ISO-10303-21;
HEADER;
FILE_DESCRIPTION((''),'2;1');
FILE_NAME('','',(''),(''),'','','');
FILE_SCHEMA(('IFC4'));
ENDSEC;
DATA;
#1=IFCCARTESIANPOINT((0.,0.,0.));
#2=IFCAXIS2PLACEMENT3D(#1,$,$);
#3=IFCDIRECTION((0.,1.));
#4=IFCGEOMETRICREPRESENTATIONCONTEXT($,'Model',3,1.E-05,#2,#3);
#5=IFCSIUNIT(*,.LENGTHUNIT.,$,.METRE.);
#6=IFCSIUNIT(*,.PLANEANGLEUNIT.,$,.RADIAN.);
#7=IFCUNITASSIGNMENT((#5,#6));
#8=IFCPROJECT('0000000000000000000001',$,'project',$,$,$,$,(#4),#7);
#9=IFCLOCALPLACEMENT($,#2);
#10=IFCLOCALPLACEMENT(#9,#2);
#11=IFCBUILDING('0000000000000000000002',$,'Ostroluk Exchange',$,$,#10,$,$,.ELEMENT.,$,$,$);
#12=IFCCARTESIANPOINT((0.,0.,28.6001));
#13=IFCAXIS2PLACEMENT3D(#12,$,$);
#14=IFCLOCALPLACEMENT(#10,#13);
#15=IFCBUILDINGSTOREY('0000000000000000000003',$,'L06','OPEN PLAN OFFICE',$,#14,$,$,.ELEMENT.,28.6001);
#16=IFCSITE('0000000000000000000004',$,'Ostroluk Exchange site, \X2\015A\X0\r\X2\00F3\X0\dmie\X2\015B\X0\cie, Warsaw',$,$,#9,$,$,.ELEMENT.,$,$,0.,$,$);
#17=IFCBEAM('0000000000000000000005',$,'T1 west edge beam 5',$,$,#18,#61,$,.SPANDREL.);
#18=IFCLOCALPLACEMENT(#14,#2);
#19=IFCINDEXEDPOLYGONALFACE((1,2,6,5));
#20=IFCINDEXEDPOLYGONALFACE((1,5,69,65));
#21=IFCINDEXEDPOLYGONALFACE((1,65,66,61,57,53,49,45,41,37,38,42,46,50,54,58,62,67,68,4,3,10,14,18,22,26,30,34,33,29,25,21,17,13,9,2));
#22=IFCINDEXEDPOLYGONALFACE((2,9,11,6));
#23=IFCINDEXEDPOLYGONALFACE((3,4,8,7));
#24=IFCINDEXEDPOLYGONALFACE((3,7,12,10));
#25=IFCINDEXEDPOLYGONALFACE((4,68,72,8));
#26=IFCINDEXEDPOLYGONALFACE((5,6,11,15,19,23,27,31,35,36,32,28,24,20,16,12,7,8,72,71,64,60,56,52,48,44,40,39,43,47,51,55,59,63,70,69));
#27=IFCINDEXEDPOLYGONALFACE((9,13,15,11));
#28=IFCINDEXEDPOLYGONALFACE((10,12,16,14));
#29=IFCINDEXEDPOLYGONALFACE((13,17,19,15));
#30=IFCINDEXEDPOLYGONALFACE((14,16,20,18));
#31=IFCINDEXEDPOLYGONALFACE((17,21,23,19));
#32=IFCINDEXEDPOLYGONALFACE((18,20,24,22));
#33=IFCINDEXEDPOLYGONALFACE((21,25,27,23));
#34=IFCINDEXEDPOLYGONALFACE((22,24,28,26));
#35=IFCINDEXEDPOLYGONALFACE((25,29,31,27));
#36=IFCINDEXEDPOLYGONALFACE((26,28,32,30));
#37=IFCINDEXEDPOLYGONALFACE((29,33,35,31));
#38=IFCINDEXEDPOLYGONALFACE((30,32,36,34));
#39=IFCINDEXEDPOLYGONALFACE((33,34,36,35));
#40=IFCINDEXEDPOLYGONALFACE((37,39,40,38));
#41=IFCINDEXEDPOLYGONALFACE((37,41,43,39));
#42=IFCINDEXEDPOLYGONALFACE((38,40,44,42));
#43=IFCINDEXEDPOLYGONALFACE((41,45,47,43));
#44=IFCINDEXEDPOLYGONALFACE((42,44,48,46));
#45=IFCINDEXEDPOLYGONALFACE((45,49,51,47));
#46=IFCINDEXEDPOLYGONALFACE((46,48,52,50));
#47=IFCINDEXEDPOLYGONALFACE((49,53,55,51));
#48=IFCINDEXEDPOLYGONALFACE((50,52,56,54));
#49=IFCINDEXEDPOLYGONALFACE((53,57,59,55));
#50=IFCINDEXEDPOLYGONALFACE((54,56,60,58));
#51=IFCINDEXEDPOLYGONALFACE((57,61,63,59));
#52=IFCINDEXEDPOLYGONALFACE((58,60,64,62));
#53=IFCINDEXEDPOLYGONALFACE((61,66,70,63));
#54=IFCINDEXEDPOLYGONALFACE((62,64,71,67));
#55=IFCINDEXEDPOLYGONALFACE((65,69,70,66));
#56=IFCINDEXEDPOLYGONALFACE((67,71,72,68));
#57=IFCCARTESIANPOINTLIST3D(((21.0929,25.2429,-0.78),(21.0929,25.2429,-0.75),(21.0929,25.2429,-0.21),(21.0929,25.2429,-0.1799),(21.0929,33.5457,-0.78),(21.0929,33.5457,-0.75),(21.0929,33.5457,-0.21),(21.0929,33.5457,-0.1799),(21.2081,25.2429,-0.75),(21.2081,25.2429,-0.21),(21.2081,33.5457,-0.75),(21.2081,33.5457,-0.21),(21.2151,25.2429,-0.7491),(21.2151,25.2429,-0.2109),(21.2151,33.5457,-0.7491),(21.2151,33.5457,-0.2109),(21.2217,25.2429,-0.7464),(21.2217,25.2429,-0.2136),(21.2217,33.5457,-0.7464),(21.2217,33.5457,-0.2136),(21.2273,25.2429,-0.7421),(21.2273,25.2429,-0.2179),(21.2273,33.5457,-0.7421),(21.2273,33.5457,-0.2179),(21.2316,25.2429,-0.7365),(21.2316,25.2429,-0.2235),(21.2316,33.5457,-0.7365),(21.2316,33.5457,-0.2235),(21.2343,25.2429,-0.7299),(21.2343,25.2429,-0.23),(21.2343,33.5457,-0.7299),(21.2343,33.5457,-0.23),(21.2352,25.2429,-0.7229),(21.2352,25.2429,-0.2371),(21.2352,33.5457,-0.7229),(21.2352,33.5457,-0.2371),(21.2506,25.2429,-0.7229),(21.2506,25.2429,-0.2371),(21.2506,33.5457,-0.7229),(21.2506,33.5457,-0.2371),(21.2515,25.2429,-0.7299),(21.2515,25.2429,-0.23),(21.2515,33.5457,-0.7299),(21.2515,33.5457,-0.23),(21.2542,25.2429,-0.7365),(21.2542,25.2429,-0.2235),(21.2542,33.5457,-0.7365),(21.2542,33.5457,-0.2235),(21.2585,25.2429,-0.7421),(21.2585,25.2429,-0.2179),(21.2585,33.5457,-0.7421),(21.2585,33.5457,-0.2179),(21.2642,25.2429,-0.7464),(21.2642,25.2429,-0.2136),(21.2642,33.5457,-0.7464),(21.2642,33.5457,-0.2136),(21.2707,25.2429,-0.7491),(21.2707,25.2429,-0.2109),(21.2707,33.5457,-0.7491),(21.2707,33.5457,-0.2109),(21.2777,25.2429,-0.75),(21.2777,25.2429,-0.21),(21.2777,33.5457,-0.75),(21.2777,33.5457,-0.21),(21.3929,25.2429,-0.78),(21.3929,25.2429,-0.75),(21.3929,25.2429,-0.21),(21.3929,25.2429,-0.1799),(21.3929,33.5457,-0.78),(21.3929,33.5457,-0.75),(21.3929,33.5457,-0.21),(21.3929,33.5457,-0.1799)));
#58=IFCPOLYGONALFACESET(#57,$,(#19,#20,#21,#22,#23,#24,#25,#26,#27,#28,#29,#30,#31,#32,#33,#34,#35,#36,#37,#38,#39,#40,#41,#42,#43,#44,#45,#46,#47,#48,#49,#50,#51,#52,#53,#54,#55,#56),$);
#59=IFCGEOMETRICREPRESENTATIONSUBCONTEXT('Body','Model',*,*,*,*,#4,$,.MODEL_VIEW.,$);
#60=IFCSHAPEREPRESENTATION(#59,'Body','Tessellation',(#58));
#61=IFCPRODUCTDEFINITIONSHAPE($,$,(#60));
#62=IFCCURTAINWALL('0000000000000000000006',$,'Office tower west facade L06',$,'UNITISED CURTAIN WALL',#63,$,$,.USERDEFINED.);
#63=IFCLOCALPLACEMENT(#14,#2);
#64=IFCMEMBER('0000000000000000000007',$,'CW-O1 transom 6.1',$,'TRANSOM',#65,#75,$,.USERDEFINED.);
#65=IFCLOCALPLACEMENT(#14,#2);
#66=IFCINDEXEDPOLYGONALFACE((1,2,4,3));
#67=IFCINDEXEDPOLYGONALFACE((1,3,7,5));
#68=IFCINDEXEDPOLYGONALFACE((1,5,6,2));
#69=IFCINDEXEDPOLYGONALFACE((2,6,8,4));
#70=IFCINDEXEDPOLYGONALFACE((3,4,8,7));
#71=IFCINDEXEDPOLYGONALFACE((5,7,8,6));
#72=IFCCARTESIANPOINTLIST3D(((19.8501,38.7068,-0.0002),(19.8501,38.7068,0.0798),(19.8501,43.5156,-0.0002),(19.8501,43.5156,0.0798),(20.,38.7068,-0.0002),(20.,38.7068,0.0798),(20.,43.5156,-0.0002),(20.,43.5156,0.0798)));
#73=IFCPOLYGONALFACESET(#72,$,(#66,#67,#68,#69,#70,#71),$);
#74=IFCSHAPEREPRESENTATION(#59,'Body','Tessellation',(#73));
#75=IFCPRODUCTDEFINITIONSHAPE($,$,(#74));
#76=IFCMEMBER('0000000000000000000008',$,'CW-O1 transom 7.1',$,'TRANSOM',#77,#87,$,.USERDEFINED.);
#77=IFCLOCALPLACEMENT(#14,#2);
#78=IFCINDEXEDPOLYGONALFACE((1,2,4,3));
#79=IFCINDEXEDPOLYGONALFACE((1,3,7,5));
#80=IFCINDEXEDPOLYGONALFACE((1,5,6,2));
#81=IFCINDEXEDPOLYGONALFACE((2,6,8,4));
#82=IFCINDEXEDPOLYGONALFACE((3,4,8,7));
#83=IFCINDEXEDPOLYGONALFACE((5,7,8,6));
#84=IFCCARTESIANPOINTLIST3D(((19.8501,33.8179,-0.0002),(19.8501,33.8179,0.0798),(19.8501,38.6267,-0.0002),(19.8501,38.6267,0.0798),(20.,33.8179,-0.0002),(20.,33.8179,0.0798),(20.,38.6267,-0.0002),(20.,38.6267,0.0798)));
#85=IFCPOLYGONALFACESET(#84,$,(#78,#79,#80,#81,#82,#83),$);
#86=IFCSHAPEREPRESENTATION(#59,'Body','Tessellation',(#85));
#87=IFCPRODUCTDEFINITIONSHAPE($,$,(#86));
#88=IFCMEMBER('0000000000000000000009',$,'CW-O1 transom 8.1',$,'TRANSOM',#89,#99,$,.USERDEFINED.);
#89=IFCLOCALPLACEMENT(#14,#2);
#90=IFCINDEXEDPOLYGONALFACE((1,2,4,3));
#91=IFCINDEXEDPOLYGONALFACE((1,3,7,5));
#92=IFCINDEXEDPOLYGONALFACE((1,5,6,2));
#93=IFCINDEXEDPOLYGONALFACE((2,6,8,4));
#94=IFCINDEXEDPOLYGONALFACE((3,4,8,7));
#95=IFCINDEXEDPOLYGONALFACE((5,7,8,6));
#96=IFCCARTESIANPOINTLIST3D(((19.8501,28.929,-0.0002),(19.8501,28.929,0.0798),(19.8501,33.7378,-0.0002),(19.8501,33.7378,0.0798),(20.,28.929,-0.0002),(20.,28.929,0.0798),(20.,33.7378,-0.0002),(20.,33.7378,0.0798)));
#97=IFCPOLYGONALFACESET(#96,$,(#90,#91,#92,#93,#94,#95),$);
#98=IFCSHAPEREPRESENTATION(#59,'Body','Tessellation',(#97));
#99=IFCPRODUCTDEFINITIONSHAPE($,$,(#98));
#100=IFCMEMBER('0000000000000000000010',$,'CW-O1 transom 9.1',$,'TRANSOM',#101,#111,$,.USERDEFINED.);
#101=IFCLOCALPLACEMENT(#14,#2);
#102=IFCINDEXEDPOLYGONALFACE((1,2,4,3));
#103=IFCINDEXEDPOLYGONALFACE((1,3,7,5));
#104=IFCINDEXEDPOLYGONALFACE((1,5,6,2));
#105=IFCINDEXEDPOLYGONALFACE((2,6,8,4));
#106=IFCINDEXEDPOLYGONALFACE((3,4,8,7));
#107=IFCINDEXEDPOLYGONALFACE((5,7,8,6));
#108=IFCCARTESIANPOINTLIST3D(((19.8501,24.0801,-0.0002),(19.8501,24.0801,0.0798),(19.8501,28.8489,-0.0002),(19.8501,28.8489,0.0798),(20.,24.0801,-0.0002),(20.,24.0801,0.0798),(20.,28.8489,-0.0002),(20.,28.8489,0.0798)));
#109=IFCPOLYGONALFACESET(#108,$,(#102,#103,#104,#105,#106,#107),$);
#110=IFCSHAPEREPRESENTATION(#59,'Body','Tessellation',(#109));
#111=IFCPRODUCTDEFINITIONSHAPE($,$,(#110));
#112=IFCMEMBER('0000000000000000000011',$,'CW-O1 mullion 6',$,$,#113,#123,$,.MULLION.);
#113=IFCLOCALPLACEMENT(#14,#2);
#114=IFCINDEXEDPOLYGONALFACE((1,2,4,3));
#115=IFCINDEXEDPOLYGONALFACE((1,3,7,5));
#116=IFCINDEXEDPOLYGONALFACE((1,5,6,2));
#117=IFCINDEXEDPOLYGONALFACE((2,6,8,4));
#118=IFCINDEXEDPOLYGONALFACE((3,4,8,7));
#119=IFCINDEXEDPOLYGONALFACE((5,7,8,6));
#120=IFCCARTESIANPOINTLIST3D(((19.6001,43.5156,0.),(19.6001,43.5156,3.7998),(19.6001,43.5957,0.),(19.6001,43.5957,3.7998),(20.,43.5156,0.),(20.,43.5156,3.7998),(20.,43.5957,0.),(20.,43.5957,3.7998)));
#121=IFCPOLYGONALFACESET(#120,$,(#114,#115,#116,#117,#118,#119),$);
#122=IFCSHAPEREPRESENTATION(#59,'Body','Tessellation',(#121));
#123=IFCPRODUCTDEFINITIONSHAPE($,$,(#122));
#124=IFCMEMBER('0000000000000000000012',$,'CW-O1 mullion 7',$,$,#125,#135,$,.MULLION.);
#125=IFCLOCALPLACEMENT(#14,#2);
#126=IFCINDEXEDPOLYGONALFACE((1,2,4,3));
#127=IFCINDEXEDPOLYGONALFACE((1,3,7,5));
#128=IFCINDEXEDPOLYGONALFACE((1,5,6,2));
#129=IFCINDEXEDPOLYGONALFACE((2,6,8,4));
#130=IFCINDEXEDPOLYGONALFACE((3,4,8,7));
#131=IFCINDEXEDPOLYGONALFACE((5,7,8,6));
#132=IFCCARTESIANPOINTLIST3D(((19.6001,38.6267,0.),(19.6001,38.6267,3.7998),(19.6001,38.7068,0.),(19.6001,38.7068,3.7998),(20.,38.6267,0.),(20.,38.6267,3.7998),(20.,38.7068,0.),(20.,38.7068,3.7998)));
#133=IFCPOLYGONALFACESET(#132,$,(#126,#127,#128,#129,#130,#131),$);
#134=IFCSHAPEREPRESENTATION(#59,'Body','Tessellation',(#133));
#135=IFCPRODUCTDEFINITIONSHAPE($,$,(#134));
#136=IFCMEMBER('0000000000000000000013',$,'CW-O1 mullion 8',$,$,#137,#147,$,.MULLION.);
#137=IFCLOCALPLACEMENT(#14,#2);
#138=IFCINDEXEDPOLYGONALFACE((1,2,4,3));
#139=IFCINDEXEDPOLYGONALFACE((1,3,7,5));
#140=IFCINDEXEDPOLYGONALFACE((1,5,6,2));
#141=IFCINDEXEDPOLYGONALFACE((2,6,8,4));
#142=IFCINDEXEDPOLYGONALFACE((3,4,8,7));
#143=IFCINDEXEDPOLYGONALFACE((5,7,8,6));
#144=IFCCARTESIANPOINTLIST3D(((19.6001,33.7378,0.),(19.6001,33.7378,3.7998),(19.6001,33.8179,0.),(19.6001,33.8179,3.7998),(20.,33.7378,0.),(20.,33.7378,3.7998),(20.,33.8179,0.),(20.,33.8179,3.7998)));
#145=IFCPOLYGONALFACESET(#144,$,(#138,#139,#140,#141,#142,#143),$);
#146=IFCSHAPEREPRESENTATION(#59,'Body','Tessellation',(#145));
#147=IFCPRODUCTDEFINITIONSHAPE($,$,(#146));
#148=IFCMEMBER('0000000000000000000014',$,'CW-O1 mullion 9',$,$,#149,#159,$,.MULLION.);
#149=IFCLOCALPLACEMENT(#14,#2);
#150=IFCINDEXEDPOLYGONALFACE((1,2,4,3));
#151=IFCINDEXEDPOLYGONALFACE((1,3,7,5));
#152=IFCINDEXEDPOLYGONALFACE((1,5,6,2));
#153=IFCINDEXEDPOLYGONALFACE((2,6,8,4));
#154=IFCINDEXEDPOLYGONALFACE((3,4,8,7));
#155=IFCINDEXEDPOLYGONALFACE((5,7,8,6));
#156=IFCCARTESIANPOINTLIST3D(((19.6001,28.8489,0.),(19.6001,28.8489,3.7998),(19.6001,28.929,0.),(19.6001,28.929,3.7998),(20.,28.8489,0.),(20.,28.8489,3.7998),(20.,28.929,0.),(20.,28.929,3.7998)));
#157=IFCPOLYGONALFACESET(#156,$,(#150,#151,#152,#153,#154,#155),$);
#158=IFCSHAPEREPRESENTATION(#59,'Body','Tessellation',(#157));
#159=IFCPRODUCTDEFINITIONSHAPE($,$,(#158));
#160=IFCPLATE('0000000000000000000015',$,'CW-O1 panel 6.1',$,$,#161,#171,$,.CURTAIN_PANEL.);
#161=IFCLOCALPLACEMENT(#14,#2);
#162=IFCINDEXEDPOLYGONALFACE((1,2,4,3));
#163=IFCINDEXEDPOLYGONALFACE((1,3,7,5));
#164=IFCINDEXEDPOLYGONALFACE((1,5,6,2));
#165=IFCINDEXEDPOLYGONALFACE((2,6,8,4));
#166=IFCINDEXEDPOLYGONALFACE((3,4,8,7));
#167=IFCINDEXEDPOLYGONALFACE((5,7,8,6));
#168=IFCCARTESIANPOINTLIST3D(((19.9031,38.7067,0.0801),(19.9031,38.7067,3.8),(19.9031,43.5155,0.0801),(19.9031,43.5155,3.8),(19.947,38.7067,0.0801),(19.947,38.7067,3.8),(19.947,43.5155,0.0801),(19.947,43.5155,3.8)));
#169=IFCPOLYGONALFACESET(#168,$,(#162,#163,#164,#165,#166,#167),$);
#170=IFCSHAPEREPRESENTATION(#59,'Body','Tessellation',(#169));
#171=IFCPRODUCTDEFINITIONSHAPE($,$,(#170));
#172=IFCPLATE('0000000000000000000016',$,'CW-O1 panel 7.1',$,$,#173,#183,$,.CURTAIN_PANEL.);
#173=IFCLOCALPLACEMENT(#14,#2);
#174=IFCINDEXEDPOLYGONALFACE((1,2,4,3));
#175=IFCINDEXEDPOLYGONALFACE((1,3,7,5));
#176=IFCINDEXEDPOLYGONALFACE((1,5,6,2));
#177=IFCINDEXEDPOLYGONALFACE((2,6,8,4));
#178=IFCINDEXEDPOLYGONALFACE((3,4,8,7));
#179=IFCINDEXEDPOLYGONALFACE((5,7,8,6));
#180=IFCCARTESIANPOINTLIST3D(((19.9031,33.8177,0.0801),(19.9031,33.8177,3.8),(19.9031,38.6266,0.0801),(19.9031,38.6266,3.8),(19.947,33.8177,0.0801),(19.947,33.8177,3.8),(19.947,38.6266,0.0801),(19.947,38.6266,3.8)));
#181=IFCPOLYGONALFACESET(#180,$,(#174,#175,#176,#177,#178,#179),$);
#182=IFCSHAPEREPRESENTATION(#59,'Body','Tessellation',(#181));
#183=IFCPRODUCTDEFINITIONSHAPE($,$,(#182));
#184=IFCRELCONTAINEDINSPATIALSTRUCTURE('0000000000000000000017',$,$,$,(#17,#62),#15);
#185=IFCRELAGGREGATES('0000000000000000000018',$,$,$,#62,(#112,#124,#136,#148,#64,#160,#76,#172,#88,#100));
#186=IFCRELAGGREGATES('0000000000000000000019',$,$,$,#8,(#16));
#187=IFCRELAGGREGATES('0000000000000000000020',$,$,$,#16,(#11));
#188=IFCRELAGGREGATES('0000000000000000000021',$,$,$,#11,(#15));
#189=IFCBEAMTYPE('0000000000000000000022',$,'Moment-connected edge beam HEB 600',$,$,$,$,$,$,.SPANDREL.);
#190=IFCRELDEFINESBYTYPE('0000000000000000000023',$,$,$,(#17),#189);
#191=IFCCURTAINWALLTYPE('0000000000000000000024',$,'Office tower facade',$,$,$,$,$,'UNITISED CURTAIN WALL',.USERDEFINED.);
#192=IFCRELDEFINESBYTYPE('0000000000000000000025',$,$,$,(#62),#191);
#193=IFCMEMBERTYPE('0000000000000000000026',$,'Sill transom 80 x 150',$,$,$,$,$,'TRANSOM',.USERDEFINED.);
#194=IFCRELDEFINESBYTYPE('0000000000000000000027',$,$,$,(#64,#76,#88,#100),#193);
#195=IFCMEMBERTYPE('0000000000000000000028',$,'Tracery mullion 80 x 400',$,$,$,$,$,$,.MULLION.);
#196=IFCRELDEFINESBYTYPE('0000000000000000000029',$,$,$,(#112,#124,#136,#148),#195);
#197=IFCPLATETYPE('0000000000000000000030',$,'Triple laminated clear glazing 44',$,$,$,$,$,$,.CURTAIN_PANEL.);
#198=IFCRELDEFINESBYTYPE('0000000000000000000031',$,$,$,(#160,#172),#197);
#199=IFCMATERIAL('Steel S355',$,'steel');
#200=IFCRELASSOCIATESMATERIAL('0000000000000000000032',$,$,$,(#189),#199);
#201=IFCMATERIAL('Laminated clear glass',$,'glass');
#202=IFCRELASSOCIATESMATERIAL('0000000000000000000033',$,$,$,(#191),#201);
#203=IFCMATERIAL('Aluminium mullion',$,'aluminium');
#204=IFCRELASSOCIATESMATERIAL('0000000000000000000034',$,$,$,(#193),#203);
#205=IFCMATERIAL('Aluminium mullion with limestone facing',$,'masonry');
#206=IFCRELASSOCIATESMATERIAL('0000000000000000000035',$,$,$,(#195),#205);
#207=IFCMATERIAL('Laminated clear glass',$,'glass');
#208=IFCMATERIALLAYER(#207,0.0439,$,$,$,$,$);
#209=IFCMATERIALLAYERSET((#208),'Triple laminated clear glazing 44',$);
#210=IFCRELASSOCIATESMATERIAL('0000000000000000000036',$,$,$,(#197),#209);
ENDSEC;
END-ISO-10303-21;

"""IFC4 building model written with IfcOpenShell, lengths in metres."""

from ifc_helpers import new_model, si_unit, direction, frame, origin, origin_2d, place, context, subcontext, project, spatial, rectangle, i_section, extrude, material, layer, layer_set, material_profile, profile_set, type_object, element, aggregate, save


model = new_model("IFC4")

# Units and contexts
model_context = context("Model", 3, precision=1e-05, world=origin(), true_north=direction((0.0, 1.0)))
body_context = subcontext(model_context, "Body", "Model", "MODEL_VIEW")
ifc_project = project(units=[si_unit("LENGTHUNIT", "METRE"), si_unit("PLANEANGLEUNIT", "RADIAN")], contexts=[model_context])

# Site, building, storey
site_placement = place(None, origin())
site = spatial("IfcSite", under=ifc_project, at=site_placement, Name="Ostroluk Exchange site, Śródmieście, Warsaw", CompositionType="ELEMENT", RefElevation=0.0)
building_placement = place(site_placement, origin())
building = spatial("IfcBuilding", under=site, at=building_placement, Name="Ostroluk Exchange", CompositionType="ELEMENT")
storey_placement = place(building_placement, frame((0.0, 0.0, 28.6001)))
storey = spatial("IfcBuildingStorey", under=building, at=storey_placement, Name="L06", Description="OPEN PLAN OFFICE", CompositionType="ELEMENT", Elevation=28.6001)

# Beam
ifc_material_1 = material(Name="Steel S355", Category="steel")
ifc_material_profile_1 = material_profile(ifc_material_1, i_section(OverallWidth=0.3, OverallDepth=0.6001, WebThickness=0.0154, FlangeThickness=0.03, FilletRadius=0.0271, at=origin_2d()), Name="HEB 600")
ifc_profile_set_1 = profile_set([ifc_material_profile_1], Name="Steel S355")
beam_type_1 = type_object("IfcBeamType", Name="Moment-connected edge beam HEB 600", PredefinedType="SPANDREL", material=ifc_profile_set_1)
beam_1_placement = place(storey_placement, frame((21.2429, 33.5457, -0.48), z_axis=(0.0, -1.0, 0.0), x_axis=(1.0, 0.0, 0.0)))
element("IfcBeam", 1, at=beam_1_placement, inside=storey, type_object=beam_type_1, Name="T1 west edge beam 5", PredefinedType="SPANDREL", context=body_context, shape_type="SweptSolid", body=[
    extrude(i_section(OverallWidth=0.3, OverallDepth=0.6001, WebThickness=0.0154, FlangeThickness=0.03, FilletRadius=0.0271, at=origin_2d()), origin(), (0.0, 0.0, 1.0), 8.3027),
])

# Curtain wall, members, plates
ifc_material_2 = material(Name="Laminated clear glass", Category="glass")
curtain_wall_type = type_object("IfcCurtainWallType", Name="Office tower facade", ElementType="UNITISED CURTAIN WALL", PredefinedType="USERDEFINED", material=ifc_material_2)
curtain_wall_placement = place(storey_placement, origin())
curtain_wall = element("IfcCurtainWall", 2, at=curtain_wall_placement, inside=storey, type_object=curtain_wall_type, Name="Office tower west facade L06", ObjectType="UNITISED CURTAIN WALL", PredefinedType="USERDEFINED")
ifc_material_3 = material(Name="Aluminium mullion", Category="aluminium")
ifc_material_profile_2 = material_profile(ifc_material_3, rectangle(XDim=0.1499, YDim=0.0801, at=origin_2d()), Name="Sill transom 80 x 150")
ifc_profile_set_2 = profile_set([ifc_material_profile_2], Name="Aluminium mullion")
member_type_1 = type_object("IfcMemberType", Name="Sill transom 80 x 150", ElementType="TRANSOM", PredefinedType="USERDEFINED", material=ifc_profile_set_2)
member_1_placement = place(storey_placement, frame((19.925, 43.5156, 0.0398), z_axis=(0.0, -1.0, 0.0), x_axis=(1.0, 0.0, 0.0)))
member_1 = element("IfcMember", 3, at=member_1_placement, type_object=member_type_1, Name="CW-O1 transom 6.1", ObjectType="TRANSOM", PredefinedType="USERDEFINED", context=body_context, shape_type="SweptSolid", body=[
    extrude(rectangle(XDim=0.1499, YDim=0.0801, at=origin_2d()), origin(), (0.0, 0.0, 1.0), 4.8088),
])
member_2_placement = place(storey_placement, frame((19.925, 38.6267, 0.0398), z_axis=(0.0, -1.0, 0.0), x_axis=(1.0, 0.0, 0.0)))
member_2 = element("IfcMember", 4, at=member_2_placement, type_object=member_type_1, Name="CW-O1 transom 7.1", ObjectType="TRANSOM", PredefinedType="USERDEFINED", context=body_context, shape_type="SweptSolid", body=[
    extrude(rectangle(XDim=0.1499, YDim=0.0801, at=origin_2d()), origin(), (0.0, 0.0, 1.0), 4.8088),
])
member_3_placement = place(storey_placement, frame((19.925, 33.7378, 0.0398), z_axis=(0.0, -1.0, 0.0), x_axis=(1.0, 0.0, 0.0)))
member_3 = element("IfcMember", 5, at=member_3_placement, type_object=member_type_1, Name="CW-O1 transom 8.1", ObjectType="TRANSOM", PredefinedType="USERDEFINED", context=body_context, shape_type="SweptSolid", body=[
    extrude(rectangle(XDim=0.1499, YDim=0.0801, at=origin_2d()), origin(), (0.0, 0.0, 1.0), 4.8088),
])
member_4_placement = place(storey_placement, frame((19.925, 28.8489, 0.0398), z_axis=(0.0, -1.0, 0.0), x_axis=(1.0, 0.0, 0.0)))
member_4 = element("IfcMember", 6, at=member_4_placement, type_object=member_type_1, Name="CW-O1 transom 9.1", ObjectType="TRANSOM", PredefinedType="USERDEFINED", context=body_context, shape_type="SweptSolid", body=[
    extrude(rectangle(XDim=0.1499, YDim=0.0801, at=origin_2d()), origin(), (0.0, 0.0, 1.0), 4.7688),
])
ifc_material_4 = material(Name="Aluminium mullion with limestone facing", Category="masonry")
ifc_material_profile_3 = material_profile(ifc_material_4, rectangle(XDim=0.3999, YDim=0.0801, at=origin_2d()), Name="Tracery mullion 80 x 400")
ifc_profile_set_3 = profile_set([ifc_material_profile_3], Name="Aluminium mullion with limestone facing")
member_type_2 = type_object("IfcMemberType", Name="Tracery mullion 80 x 400", PredefinedType="MULLION", material=ifc_profile_set_3)
member_5_placement = place(storey_placement, frame((19.8, 43.5557, 0.0), z_axis=(0.0, 0.0, 1.0), x_axis=(1.0, 0.0, 0.0)))
member_5 = element("IfcMember", 7, at=member_5_placement, type_object=member_type_2, Name="CW-O1 mullion 6", PredefinedType="MULLION", context=body_context, shape_type="SweptSolid", body=[
    extrude(rectangle(XDim=0.3999, YDim=0.0801, at=origin_2d()), origin(), (0.0, 0.0, 1.0), 3.7998),
])
member_6_placement = place(storey_placement, frame((19.8, 38.6667, 0.0), z_axis=(0.0, 0.0, 1.0), x_axis=(1.0, 0.0, 0.0)))
member_6 = element("IfcMember", 8, at=member_6_placement, type_object=member_type_2, Name="CW-O1 mullion 7", PredefinedType="MULLION", context=body_context, shape_type="SweptSolid", body=[
    extrude(rectangle(XDim=0.3999, YDim=0.0801, at=origin_2d()), origin(), (0.0, 0.0, 1.0), 3.7998),
])
member_7_placement = place(storey_placement, frame((19.8, 33.7778, 0.0), z_axis=(0.0, 0.0, 1.0), x_axis=(1.0, 0.0, 0.0)))
member_7 = element("IfcMember", 9, at=member_7_placement, type_object=member_type_2, Name="CW-O1 mullion 8", PredefinedType="MULLION", context=body_context, shape_type="SweptSolid", body=[
    extrude(rectangle(XDim=0.3999, YDim=0.0801, at=origin_2d()), origin(), (0.0, 0.0, 1.0), 3.7998),
])
member_8_placement = place(storey_placement, frame((19.8, 28.8889, 0.0), z_axis=(0.0, 0.0, 1.0), x_axis=(1.0, 0.0, 0.0)))
member_8 = element("IfcMember", 10, at=member_8_placement, type_object=member_type_2, Name="CW-O1 mullion 9", PredefinedType="MULLION", context=body_context, shape_type="SweptSolid", body=[
    extrude(rectangle(XDim=0.3999, YDim=0.0801, at=origin_2d()), origin(), (0.0, 0.0, 1.0), 3.7998),
])
ifc_material_5 = material(Name="Laminated clear glass", Category="glass")
ifc_layer_1 = layer(ifc_material_5, 0.0439)
ifc_layer_set_1 = layer_set([ifc_layer_1], Name="Triple laminated clear glazing 44")
plate_type = type_object("IfcPlateType", Name="Triple laminated clear glazing 44", PredefinedType="CURTAIN_PANEL", material=ifc_layer_set_1)
plate_1_placement = place(storey_placement, frame((19.925, 41.1111, 0.0801), z_axis=(0.0, 0.0, 1.0), x_axis=(0.0, -1.0, 0.0)))
plate_1 = element("IfcPlate", 11, at=plate_1_placement, type_object=plate_type, Name="CW-O1 panel 6.1", PredefinedType="CURTAIN_PANEL", context=body_context, shape_type="SweptSolid", body=[
    extrude(rectangle(XDim=4.8088, YDim=0.0439, at=origin_2d()), origin(), (0.0, 0.0, 1.0), 3.72),
])
plate_2_placement = place(storey_placement, frame((19.925, 36.2222, 0.0801), z_axis=(0.0, 0.0, 1.0), x_axis=(0.0, -1.0, 0.0)))
plate_2 = element("IfcPlate", 12, at=plate_2_placement, type_object=plate_type, Name="CW-O1 panel 7.1", PredefinedType="CURTAIN_PANEL", context=body_context, shape_type="SweptSolid", body=[
    extrude(rectangle(XDim=4.8088, YDim=0.0439, at=origin_2d()), origin(), (0.0, 0.0, 1.0), 3.72),
])
aggregate(curtain_wall, [member_5, member_6, member_7, member_8, member_1, plate_1, member_2, plate_2, member_3, member_4])

save(model, "model.ifc")
